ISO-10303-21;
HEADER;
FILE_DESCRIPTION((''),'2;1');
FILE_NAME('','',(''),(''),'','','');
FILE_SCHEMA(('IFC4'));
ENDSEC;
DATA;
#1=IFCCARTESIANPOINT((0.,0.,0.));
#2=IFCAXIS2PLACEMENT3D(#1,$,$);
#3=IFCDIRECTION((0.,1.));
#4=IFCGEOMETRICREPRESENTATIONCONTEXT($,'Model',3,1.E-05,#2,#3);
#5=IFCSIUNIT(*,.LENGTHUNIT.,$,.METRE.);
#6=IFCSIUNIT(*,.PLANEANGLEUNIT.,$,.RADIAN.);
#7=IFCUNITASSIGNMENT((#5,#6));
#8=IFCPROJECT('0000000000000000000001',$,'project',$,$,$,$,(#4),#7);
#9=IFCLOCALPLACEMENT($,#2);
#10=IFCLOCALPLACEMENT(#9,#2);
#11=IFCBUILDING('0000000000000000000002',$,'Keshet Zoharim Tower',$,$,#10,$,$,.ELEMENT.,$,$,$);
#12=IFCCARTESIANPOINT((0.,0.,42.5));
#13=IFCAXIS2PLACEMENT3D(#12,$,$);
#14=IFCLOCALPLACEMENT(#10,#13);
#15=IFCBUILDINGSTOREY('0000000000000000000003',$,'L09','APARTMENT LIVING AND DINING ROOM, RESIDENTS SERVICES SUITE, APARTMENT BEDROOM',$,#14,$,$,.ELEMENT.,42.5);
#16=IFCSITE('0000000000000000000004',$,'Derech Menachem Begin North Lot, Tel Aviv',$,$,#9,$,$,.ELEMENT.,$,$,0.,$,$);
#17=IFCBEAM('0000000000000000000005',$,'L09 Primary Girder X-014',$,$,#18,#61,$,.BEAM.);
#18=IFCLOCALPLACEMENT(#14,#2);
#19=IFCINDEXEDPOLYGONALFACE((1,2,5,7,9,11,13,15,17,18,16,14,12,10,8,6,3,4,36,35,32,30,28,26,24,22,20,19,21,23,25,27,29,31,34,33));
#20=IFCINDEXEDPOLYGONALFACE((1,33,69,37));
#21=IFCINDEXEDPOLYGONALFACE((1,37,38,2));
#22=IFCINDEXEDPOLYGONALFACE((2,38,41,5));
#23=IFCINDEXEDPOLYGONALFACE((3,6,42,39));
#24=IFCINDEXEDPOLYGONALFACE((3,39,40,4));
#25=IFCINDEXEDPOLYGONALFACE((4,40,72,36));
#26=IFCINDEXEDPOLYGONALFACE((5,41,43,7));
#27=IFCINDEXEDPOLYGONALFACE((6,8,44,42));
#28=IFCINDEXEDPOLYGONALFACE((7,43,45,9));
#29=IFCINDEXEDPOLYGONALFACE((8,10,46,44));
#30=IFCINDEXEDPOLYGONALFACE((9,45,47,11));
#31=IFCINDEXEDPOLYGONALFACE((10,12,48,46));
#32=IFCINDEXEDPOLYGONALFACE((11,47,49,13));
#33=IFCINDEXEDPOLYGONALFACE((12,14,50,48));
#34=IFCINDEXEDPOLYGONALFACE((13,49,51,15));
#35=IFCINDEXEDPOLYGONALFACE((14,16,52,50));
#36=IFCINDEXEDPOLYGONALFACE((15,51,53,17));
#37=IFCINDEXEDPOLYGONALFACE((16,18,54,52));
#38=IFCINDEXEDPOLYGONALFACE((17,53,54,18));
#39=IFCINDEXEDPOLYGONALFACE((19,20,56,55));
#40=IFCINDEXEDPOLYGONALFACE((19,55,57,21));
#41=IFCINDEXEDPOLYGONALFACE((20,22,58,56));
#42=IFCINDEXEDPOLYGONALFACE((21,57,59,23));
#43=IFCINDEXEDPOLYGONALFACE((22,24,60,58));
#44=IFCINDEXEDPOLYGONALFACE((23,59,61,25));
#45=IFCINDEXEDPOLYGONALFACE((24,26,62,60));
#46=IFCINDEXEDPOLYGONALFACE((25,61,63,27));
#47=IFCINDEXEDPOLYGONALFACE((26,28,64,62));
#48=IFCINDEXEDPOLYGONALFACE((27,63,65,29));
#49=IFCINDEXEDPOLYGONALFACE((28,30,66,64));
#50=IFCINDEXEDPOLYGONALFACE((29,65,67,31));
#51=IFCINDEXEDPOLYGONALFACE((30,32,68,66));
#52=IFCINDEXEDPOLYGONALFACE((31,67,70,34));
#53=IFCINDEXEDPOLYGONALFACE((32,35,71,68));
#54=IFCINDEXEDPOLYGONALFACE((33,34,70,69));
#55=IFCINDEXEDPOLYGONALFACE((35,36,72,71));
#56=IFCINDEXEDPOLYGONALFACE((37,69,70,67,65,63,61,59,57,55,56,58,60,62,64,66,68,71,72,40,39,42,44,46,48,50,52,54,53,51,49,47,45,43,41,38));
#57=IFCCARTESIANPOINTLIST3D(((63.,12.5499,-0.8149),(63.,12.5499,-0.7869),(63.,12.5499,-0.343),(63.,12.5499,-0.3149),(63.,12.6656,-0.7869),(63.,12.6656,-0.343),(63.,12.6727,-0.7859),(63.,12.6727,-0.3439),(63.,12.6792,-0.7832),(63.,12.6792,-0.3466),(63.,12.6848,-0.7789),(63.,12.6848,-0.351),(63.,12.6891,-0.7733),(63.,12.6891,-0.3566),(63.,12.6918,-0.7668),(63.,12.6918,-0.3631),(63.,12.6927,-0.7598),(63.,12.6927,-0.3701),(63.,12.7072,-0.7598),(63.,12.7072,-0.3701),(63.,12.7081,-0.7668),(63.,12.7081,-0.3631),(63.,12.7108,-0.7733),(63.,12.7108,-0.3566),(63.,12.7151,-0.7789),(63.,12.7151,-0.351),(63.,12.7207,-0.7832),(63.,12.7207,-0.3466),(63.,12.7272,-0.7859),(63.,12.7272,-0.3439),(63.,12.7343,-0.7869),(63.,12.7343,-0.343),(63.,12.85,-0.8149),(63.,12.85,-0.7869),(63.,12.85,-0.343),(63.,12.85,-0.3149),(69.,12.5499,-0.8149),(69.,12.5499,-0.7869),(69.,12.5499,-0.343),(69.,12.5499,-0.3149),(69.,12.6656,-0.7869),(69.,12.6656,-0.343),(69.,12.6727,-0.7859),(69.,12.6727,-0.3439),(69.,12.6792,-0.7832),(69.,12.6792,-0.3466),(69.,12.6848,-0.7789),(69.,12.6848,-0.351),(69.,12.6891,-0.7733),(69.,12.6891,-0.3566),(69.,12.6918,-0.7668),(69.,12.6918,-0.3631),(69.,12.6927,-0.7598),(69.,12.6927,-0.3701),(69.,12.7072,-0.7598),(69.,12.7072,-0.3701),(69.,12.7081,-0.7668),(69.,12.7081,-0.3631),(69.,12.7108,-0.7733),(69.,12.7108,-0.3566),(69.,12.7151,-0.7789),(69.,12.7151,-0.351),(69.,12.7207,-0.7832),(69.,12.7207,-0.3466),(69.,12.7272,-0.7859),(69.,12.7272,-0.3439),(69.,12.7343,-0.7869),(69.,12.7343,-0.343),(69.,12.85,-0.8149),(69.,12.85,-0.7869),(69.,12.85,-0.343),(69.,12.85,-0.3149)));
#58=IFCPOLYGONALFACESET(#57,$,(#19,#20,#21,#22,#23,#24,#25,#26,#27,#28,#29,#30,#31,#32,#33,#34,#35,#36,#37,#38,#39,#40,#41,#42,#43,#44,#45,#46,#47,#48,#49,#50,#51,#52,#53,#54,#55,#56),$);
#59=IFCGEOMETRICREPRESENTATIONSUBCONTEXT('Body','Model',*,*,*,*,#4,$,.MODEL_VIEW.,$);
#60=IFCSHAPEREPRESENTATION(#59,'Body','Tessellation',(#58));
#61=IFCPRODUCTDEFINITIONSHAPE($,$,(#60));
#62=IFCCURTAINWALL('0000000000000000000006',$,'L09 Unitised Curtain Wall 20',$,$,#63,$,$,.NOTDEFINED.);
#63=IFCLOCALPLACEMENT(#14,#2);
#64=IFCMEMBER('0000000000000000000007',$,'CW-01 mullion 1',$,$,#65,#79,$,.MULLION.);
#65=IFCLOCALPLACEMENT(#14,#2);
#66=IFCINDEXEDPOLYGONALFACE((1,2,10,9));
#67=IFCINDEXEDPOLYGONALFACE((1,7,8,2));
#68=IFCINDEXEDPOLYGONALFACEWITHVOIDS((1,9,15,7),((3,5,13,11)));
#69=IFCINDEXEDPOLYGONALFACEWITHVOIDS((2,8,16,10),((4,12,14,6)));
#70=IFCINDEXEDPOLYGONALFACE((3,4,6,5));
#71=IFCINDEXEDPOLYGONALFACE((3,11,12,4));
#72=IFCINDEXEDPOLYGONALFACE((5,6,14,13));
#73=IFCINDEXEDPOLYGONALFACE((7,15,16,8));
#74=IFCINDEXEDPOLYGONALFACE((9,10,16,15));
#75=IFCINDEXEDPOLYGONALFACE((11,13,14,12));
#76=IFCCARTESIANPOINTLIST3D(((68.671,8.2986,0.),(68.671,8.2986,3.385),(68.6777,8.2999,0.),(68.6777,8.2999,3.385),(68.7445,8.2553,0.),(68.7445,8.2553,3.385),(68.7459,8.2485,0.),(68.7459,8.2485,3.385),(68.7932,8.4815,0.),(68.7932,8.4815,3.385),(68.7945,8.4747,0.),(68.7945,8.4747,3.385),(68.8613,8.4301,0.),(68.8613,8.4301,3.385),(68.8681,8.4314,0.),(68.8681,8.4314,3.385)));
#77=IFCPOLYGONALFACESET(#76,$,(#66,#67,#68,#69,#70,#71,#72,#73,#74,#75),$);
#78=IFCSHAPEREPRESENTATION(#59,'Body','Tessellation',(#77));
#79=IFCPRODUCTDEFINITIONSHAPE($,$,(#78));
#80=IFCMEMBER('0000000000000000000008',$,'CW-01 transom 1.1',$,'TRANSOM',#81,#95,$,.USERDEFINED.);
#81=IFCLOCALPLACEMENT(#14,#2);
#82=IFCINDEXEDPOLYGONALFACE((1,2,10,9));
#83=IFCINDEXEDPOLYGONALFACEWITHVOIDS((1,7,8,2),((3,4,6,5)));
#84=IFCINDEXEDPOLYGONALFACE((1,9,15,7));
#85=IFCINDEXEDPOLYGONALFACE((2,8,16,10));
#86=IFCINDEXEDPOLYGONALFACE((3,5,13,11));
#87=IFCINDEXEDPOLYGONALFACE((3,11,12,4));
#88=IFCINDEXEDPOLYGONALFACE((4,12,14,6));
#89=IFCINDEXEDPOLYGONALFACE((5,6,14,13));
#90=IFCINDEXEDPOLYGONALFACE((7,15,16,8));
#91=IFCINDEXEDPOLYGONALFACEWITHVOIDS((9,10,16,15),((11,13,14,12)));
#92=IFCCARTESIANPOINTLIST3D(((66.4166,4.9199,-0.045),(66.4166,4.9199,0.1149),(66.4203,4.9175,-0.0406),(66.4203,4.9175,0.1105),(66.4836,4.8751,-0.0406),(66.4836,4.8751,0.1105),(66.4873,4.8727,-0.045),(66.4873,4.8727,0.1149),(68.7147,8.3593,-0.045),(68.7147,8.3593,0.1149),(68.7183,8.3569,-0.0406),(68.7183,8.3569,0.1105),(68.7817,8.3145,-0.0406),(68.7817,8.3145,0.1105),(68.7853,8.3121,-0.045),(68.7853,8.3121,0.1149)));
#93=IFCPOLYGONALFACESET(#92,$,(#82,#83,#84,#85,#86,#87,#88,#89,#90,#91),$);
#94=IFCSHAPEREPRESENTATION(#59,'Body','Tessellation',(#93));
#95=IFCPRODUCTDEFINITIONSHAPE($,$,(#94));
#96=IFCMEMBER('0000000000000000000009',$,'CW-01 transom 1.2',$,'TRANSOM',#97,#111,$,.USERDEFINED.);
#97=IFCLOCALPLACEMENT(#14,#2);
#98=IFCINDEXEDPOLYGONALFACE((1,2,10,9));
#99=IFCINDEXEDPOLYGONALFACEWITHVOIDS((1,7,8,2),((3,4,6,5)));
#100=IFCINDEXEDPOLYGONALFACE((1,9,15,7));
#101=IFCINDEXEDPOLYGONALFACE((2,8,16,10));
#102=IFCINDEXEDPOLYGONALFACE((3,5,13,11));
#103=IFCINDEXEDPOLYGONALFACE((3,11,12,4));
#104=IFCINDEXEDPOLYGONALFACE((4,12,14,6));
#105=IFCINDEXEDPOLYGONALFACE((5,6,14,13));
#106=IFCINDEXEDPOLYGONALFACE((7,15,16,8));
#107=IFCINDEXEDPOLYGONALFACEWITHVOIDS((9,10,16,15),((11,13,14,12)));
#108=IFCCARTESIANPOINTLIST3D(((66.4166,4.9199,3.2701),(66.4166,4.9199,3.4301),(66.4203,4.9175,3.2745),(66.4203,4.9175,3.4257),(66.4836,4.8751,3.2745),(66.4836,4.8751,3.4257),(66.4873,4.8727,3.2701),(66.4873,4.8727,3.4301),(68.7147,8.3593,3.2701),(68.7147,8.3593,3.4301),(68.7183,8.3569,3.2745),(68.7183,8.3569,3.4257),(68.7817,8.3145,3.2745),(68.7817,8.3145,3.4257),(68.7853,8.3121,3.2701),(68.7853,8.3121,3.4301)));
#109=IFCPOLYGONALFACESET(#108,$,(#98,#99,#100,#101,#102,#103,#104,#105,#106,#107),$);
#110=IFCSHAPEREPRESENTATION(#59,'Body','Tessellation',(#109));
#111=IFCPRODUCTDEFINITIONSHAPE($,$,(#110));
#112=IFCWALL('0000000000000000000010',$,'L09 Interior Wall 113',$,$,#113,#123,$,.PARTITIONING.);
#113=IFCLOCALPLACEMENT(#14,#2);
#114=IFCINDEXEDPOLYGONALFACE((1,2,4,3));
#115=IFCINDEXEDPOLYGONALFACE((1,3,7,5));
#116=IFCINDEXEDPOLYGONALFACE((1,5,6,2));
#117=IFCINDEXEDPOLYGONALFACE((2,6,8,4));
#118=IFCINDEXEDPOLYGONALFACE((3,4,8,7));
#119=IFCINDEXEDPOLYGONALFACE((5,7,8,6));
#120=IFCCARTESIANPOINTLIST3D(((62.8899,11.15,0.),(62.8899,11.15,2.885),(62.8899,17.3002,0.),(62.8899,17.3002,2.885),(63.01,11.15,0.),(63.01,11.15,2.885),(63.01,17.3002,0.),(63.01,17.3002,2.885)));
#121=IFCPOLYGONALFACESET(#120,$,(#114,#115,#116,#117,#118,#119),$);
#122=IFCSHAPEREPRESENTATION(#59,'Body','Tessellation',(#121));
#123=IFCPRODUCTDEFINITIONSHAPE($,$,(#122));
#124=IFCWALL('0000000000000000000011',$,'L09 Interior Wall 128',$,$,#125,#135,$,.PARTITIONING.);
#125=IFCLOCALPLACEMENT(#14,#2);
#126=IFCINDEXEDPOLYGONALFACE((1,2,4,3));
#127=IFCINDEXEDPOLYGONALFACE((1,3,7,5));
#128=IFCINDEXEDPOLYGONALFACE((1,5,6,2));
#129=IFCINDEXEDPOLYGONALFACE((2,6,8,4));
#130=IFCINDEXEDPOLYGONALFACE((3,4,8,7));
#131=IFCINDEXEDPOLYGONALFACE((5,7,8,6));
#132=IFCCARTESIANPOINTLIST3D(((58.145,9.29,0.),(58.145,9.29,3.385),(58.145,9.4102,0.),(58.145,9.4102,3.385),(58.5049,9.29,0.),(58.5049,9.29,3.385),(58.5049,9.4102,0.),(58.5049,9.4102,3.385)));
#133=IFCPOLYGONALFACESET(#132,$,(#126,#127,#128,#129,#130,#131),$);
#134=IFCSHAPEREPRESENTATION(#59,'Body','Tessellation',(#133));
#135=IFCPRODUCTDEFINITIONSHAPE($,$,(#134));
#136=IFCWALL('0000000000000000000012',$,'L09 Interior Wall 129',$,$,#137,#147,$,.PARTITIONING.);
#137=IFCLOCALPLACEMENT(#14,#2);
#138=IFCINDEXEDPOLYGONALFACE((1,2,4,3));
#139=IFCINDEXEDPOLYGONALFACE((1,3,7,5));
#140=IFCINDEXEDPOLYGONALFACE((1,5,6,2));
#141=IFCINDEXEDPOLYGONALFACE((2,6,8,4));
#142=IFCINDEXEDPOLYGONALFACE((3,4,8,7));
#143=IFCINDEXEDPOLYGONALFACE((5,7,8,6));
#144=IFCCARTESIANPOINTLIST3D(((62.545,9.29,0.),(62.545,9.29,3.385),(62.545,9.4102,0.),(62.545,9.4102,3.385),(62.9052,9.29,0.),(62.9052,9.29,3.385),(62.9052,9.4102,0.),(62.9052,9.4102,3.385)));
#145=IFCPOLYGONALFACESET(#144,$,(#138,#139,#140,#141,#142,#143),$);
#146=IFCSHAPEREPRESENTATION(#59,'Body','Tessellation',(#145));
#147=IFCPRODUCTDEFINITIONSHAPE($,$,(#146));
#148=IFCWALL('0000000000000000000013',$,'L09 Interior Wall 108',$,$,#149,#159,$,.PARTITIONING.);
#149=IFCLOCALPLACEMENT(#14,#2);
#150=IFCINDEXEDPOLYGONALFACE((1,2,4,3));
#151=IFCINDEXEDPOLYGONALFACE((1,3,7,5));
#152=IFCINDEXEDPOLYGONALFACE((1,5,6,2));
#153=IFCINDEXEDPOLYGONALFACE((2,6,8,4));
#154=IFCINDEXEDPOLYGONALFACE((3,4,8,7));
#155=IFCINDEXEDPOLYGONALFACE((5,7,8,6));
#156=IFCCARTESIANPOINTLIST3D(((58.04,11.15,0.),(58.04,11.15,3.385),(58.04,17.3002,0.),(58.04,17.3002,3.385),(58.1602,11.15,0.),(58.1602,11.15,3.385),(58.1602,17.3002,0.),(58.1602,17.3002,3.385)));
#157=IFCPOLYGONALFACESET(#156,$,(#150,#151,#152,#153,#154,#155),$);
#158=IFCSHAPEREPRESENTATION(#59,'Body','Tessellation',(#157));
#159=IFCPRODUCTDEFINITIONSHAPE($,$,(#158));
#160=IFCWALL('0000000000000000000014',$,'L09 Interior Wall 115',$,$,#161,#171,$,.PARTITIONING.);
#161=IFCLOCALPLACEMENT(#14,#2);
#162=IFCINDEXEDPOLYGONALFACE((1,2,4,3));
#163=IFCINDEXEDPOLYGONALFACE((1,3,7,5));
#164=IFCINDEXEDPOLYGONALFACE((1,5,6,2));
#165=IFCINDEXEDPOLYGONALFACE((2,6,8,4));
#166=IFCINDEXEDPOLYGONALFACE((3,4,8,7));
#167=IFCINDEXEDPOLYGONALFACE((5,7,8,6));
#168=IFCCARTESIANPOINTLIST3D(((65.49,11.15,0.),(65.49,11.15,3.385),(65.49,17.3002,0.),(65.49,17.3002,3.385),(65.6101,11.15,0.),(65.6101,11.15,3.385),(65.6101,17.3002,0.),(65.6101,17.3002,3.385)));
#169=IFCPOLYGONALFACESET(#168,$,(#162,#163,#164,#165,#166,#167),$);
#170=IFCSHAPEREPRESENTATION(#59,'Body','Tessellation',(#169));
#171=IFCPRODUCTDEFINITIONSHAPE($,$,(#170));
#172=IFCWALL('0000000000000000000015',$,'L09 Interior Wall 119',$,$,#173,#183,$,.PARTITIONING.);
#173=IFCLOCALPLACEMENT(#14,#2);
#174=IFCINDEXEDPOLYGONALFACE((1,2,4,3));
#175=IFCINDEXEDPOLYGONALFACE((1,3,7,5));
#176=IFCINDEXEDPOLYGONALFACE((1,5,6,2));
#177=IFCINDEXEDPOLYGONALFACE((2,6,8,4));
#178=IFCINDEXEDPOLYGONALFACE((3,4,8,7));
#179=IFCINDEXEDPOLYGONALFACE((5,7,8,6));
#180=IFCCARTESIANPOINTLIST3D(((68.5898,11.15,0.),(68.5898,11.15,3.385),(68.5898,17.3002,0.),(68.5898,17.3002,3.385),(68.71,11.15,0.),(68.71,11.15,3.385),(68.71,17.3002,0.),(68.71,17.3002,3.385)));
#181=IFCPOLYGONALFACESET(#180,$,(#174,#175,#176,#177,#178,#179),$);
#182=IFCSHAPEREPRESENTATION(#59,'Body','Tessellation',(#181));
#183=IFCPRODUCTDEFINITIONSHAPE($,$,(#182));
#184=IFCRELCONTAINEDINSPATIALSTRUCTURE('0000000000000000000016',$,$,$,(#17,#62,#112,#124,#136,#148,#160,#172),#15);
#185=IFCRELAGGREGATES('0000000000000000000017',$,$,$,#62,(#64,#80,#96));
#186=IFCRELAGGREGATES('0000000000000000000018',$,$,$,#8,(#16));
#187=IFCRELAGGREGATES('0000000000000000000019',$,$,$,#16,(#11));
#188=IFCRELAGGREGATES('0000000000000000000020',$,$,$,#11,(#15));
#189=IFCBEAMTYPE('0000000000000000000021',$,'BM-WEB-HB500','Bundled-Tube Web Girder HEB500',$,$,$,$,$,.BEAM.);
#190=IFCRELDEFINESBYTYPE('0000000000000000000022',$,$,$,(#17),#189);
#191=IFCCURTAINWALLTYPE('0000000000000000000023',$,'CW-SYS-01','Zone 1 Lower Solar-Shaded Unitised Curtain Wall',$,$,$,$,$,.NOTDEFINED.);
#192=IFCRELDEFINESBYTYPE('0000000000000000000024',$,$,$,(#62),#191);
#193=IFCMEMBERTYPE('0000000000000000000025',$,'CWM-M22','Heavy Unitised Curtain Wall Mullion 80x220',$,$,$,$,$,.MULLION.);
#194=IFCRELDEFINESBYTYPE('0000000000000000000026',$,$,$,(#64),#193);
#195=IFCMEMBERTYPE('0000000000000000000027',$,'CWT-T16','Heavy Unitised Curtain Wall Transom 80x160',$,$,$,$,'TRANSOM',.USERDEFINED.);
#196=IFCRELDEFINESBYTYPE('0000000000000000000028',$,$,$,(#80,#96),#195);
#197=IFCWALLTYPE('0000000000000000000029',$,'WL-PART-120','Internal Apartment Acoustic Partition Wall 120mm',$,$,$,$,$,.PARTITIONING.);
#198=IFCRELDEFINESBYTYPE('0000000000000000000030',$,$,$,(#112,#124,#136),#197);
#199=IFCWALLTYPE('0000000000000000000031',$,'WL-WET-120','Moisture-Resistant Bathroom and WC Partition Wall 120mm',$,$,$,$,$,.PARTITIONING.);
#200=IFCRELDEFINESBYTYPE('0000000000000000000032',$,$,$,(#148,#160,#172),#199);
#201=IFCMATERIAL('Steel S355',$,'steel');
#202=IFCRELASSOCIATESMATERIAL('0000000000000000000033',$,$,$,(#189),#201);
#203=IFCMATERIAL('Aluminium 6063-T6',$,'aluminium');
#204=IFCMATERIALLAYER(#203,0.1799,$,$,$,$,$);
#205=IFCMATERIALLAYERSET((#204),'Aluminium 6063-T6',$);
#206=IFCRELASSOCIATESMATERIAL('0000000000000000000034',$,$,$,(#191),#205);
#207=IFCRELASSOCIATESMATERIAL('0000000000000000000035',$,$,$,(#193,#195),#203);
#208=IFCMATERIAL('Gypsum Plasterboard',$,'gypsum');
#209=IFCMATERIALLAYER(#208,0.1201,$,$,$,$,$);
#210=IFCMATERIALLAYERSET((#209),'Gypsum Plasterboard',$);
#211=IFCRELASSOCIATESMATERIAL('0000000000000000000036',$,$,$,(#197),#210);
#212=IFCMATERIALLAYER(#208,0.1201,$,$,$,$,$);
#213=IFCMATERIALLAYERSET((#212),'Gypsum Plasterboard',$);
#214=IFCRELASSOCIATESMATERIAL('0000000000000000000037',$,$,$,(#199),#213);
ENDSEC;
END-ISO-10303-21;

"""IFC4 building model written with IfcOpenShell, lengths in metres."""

from ifc_helpers import new_model, si_unit, direction, frame, frame_2d, origin, origin_2d, place, context, subcontext, project, spatial, rectangle, hollow_rectangle, i_section, extrude, material, layer, layer_set, material_profile, profile_set, type_object, element, aggregate, save


model = new_model("IFC4")

# Units and contexts
model_context = context("Model", 3, precision=1e-05, world=origin(), true_north=direction((0.0, 1.0)))
body_context = subcontext(model_context, "Body", "Model", "MODEL_VIEW")
ifc_project = project(units=[si_unit("LENGTHUNIT", "METRE"), si_unit("PLANEANGLEUNIT", "RADIAN")], contexts=[model_context])

# Site, building, storey
site_placement = place(None, origin())
site = spatial("IfcSite", under=ifc_project, at=site_placement, Name="Derech Menachem Begin North Lot, Tel Aviv", CompositionType="ELEMENT", RefElevation=0.0)
building_placement = place(site_placement, origin())
building = spatial("IfcBuilding", under=site, at=building_placement, Name="Keshet Zoharim Tower", CompositionType="ELEMENT")
storey_placement = place(building_placement, frame((0.0, 0.0, 42.5)))
storey = spatial("IfcBuildingStorey", under=building, at=storey_placement, Name="L09", Description="APARTMENT LIVING AND DINING ROOM, RESIDENTS SERVICES SUITE, APARTMENT BEDROOM", CompositionType="ELEMENT", Elevation=42.5)

# Beam
ifc_material_1 = material(Name="Steel S355", Category="steel")
ifc_material_profile_1 = material_profile(ifc_material_1, i_section(OverallWidth=0.3, OverallDepth=0.5, WebThickness=0.0144, FlangeThickness=0.0281, FilletRadius=0.0271, at=origin_2d()), Name="HEB500")
ifc_profile_set_1 = profile_set([ifc_material_profile_1], Name="Steel S355")
beam_type_1 = type_object("IfcBeamType", Name="BM-WEB-HB500", Description="Bundled-Tube Web Girder HEB500", PredefinedType="BEAM", material=ifc_profile_set_1)
for number, where, z_axis, x_axis, name in (
    (1, (63.0, 12.7, -0.5649), (1.0, 0.0, 0.0), (0.0, 1.0, 0.0), "L09 Primary Girder X-014"),
):
    element("IfcBeam", number, at=place(storey_placement, frame(where, z_axis=z_axis, x_axis=x_axis)), inside=storey, type_object=beam_type_1, Name=name, PredefinedType="BEAM", context=body_context, shape_type="SweptSolid", body=[
        extrude(i_section(OverallWidth=0.3, OverallDepth=0.5, WebThickness=0.0144, FlangeThickness=0.0281, FilletRadius=0.0271, at=origin_2d()), origin(), (0.0, 0.0, 1.0), 6.0),
    ])

# Curtain wall, members
ifc_material_2 = material(Name="Aluminium 6063-T6", Category="aluminium")
ifc_layer_1 = layer(ifc_material_2, 0.1799)
ifc_layer_set_1 = layer_set([ifc_layer_1], Name="Aluminium 6063-T6")
curtain_wall_type = type_object("IfcCurtainWallType", Name="CW-SYS-01", Description="Zone 1 Lower Solar-Shaded Unitised Curtain Wall", PredefinedType="NOTDEFINED", material=ifc_layer_set_1)
curtain_wall_placement = place(storey_placement, origin())
curtain_wall = element("IfcCurtainWall", 2, at=curtain_wall_placement, inside=storey, type_object=curtain_wall_type, Name="L09 Unitised Curtain Wall 20", PredefinedType="NOTDEFINED")
ifc_material_profile_2 = material_profile(ifc_material_2, hollow_rectangle(XDim=0.0901, YDim=0.22, WallThickness=0.0049, at=origin_2d()), Name="MUL-90x220")
ifc_profile_set_2 = profile_set([ifc_material_profile_2], Name="Aluminium 6063-T6")
member_type_1 = type_object("IfcMemberType", Name="CWM-M22", Description="Heavy Unitised Curtain Wall Mullion 80x220", PredefinedType="MULLION", material=ifc_profile_set_2)
member_1_placement = place(storey_placement, frame((68.7695, 8.365, 0.0), z_axis=(0.0, 0.0, 1.0), x_axis=(0.831474, -0.555563, 0.0)))
member_1 = element("IfcMember", 3, at=member_1_placement, type_object=member_type_1, Name="CW-01 mullion 1", PredefinedType="MULLION", context=body_context, shape_type="SweptSolid", body=[
    extrude(hollow_rectangle(XDim=0.0901, YDim=0.22, WallThickness=0.0049, at=origin_2d()), origin(), (0.0, 0.0, 1.0), 3.385),
])
ifc_material_profile_3 = material_profile(ifc_material_2, hollow_rectangle(XDim=0.085, YDim=0.1599, WallThickness=0.0044, at=origin_2d()), Name="TRN-85x160")
ifc_profile_set_3 = profile_set([ifc_material_profile_3], Name="Aluminium 6063-T6")
member_type_2 = type_object("IfcMemberType", Name="CWT-T16", Description="Heavy Unitised Curtain Wall Transom 80x160", ElementType="TRANSOM", PredefinedType="USERDEFINED", material=ifc_profile_set_3)
member_2_placement = place(storey_placement, frame((68.75, 8.3357, 0.0349), z_axis=(-0.555558, -0.831478, 0.0), x_axis=(0.831478, -0.555558, 0.0)))
member_2 = element("IfcMember", 4, at=member_2_placement, type_object=member_type_2, Name="CW-01 transom 1.1", ObjectType="TRANSOM", PredefinedType="USERDEFINED", context=body_context, shape_type="SweptSolid", body=[
    extrude(hollow_rectangle(XDim=0.085, YDim=0.1599, WallThickness=0.0044, at=origin_2d()), origin(), (0.0, 0.0, 1.0), 4.1365),
])
member_3_placement = place(storey_placement, frame((68.75, 8.3357, 3.3501), z_axis=(-0.555558, -0.831478, 0.0), x_axis=(0.831478, -0.555558, 0.0)))
member_3 = element("IfcMember", 5, at=member_3_placement, type_object=member_type_2, Name="CW-01 transom 1.2", ObjectType="TRANSOM", PredefinedType="USERDEFINED", context=body_context, shape_type="SweptSolid", body=[
    extrude(hollow_rectangle(XDim=0.085, YDim=0.1599, WallThickness=0.0044, at=origin_2d()), origin(), (0.0, 0.0, 1.0), 4.1365),
])
aggregate(curtain_wall, [member_1, member_2, member_3])

# Walls
ifc_material_3 = material(Name="Gypsum Plasterboard", Category="gypsum")
ifc_layer_2 = layer(ifc_material_3, 0.1201)
ifc_layer_set_2 = layer_set([ifc_layer_2], Name="Gypsum Plasterboard")
wall_type_1 = type_object("IfcWallType", Name="WL-PART-120", Description="Internal Apartment Acoustic Partition Wall 120mm", PredefinedType="PARTITIONING", material=ifc_layer_set_2)
wall_1_placement = place(storey_placement, frame((62.95, 11.1499, 0.0), z_axis=(0.0, 0.0, 1.0), x_axis=(0.0, 1.0, 0.0)))
element("IfcWall", 6, at=wall_1_placement, inside=storey, type_object=wall_type_1, Name="L09 Interior Wall 113", PredefinedType="PARTITIONING", context=body_context, shape_type="SweptSolid", body=[
    extrude(rectangle(XDim=6.1501, YDim=0.1201, at=frame_2d((3.0752, 0.0))), origin(), (0.0, 0.0, 1.0), 2.885),
])
wall_2_placement = place(storey_placement, frame((58.145, 9.3501, 0.0), z_axis=(0.0, 0.0, 1.0), x_axis=(1.0, 0.0, 0.0)))
element("IfcWall", 7, at=wall_2_placement, inside=storey, type_object=wall_type_1, Name="L09 Interior Wall 128", PredefinedType="PARTITIONING", context=body_context, shape_type="SweptSolid", body=[
    extrude(rectangle(XDim=0.3599, YDim=0.1201, at=frame_2d((0.1799, 0.0))), origin(), (0.0, 0.0, 1.0), 3.385),
])
wall_3_placement = place(storey_placement, frame((62.5449, 9.3501, 0.0), z_axis=(0.0, 0.0, 1.0), x_axis=(1.0, 0.0, 0.0)))
element("IfcWall", 8, at=wall_3_placement, inside=storey, type_object=wall_type_1, Name="L09 Interior Wall 129", PredefinedType="PARTITIONING", context=body_context, shape_type="SweptSolid", body=[
    extrude(rectangle(XDim=0.3601, YDim=0.1201, at=frame_2d((0.1802, 0.0))), origin(), (0.0, 0.0, 1.0), 3.385),
])

# Walls
ifc_layer_3 = layer(ifc_material_3, 0.1201)
ifc_layer_set_3 = layer_set([ifc_layer_3], Name="Gypsum Plasterboard")
wall_type_2 = type_object("IfcWallType", Name="WL-WET-120", Description="Moisture-Resistant Bathroom and WC Partition Wall 120mm", PredefinedType="PARTITIONING", material=ifc_layer_set_3)
for number, where, z_axis, x_axis, name in (
    (9, (58.1001, 11.1499, 0.0), (0.0, 0.0, 1.0), (0.0, 1.0, 0.0), "L09 Interior Wall 108"),
    (10, (65.55, 11.1499, 0.0), (0.0, 0.0, 1.0), (0.0, 1.0, 0.0), "L09 Interior Wall 115"),
    (11, (68.6499, 11.1499, 0.0), (0.0, 0.0, 1.0), (0.0, 1.0, 0.0), "L09 Interior Wall 119"),
):
    element("IfcWall", number, at=place(storey_placement, frame(where, z_axis=z_axis, x_axis=x_axis)), inside=storey, type_object=wall_type_2, Name=name, PredefinedType="PARTITIONING", context=body_context, shape_type="SweptSolid", body=[
        extrude(rectangle(XDim=6.1501, YDim=0.1201, at=frame_2d((3.0752, 0.0))), origin(), (0.0, 0.0, 1.0), 3.385),
    ])

save(model, "model.ifc")
